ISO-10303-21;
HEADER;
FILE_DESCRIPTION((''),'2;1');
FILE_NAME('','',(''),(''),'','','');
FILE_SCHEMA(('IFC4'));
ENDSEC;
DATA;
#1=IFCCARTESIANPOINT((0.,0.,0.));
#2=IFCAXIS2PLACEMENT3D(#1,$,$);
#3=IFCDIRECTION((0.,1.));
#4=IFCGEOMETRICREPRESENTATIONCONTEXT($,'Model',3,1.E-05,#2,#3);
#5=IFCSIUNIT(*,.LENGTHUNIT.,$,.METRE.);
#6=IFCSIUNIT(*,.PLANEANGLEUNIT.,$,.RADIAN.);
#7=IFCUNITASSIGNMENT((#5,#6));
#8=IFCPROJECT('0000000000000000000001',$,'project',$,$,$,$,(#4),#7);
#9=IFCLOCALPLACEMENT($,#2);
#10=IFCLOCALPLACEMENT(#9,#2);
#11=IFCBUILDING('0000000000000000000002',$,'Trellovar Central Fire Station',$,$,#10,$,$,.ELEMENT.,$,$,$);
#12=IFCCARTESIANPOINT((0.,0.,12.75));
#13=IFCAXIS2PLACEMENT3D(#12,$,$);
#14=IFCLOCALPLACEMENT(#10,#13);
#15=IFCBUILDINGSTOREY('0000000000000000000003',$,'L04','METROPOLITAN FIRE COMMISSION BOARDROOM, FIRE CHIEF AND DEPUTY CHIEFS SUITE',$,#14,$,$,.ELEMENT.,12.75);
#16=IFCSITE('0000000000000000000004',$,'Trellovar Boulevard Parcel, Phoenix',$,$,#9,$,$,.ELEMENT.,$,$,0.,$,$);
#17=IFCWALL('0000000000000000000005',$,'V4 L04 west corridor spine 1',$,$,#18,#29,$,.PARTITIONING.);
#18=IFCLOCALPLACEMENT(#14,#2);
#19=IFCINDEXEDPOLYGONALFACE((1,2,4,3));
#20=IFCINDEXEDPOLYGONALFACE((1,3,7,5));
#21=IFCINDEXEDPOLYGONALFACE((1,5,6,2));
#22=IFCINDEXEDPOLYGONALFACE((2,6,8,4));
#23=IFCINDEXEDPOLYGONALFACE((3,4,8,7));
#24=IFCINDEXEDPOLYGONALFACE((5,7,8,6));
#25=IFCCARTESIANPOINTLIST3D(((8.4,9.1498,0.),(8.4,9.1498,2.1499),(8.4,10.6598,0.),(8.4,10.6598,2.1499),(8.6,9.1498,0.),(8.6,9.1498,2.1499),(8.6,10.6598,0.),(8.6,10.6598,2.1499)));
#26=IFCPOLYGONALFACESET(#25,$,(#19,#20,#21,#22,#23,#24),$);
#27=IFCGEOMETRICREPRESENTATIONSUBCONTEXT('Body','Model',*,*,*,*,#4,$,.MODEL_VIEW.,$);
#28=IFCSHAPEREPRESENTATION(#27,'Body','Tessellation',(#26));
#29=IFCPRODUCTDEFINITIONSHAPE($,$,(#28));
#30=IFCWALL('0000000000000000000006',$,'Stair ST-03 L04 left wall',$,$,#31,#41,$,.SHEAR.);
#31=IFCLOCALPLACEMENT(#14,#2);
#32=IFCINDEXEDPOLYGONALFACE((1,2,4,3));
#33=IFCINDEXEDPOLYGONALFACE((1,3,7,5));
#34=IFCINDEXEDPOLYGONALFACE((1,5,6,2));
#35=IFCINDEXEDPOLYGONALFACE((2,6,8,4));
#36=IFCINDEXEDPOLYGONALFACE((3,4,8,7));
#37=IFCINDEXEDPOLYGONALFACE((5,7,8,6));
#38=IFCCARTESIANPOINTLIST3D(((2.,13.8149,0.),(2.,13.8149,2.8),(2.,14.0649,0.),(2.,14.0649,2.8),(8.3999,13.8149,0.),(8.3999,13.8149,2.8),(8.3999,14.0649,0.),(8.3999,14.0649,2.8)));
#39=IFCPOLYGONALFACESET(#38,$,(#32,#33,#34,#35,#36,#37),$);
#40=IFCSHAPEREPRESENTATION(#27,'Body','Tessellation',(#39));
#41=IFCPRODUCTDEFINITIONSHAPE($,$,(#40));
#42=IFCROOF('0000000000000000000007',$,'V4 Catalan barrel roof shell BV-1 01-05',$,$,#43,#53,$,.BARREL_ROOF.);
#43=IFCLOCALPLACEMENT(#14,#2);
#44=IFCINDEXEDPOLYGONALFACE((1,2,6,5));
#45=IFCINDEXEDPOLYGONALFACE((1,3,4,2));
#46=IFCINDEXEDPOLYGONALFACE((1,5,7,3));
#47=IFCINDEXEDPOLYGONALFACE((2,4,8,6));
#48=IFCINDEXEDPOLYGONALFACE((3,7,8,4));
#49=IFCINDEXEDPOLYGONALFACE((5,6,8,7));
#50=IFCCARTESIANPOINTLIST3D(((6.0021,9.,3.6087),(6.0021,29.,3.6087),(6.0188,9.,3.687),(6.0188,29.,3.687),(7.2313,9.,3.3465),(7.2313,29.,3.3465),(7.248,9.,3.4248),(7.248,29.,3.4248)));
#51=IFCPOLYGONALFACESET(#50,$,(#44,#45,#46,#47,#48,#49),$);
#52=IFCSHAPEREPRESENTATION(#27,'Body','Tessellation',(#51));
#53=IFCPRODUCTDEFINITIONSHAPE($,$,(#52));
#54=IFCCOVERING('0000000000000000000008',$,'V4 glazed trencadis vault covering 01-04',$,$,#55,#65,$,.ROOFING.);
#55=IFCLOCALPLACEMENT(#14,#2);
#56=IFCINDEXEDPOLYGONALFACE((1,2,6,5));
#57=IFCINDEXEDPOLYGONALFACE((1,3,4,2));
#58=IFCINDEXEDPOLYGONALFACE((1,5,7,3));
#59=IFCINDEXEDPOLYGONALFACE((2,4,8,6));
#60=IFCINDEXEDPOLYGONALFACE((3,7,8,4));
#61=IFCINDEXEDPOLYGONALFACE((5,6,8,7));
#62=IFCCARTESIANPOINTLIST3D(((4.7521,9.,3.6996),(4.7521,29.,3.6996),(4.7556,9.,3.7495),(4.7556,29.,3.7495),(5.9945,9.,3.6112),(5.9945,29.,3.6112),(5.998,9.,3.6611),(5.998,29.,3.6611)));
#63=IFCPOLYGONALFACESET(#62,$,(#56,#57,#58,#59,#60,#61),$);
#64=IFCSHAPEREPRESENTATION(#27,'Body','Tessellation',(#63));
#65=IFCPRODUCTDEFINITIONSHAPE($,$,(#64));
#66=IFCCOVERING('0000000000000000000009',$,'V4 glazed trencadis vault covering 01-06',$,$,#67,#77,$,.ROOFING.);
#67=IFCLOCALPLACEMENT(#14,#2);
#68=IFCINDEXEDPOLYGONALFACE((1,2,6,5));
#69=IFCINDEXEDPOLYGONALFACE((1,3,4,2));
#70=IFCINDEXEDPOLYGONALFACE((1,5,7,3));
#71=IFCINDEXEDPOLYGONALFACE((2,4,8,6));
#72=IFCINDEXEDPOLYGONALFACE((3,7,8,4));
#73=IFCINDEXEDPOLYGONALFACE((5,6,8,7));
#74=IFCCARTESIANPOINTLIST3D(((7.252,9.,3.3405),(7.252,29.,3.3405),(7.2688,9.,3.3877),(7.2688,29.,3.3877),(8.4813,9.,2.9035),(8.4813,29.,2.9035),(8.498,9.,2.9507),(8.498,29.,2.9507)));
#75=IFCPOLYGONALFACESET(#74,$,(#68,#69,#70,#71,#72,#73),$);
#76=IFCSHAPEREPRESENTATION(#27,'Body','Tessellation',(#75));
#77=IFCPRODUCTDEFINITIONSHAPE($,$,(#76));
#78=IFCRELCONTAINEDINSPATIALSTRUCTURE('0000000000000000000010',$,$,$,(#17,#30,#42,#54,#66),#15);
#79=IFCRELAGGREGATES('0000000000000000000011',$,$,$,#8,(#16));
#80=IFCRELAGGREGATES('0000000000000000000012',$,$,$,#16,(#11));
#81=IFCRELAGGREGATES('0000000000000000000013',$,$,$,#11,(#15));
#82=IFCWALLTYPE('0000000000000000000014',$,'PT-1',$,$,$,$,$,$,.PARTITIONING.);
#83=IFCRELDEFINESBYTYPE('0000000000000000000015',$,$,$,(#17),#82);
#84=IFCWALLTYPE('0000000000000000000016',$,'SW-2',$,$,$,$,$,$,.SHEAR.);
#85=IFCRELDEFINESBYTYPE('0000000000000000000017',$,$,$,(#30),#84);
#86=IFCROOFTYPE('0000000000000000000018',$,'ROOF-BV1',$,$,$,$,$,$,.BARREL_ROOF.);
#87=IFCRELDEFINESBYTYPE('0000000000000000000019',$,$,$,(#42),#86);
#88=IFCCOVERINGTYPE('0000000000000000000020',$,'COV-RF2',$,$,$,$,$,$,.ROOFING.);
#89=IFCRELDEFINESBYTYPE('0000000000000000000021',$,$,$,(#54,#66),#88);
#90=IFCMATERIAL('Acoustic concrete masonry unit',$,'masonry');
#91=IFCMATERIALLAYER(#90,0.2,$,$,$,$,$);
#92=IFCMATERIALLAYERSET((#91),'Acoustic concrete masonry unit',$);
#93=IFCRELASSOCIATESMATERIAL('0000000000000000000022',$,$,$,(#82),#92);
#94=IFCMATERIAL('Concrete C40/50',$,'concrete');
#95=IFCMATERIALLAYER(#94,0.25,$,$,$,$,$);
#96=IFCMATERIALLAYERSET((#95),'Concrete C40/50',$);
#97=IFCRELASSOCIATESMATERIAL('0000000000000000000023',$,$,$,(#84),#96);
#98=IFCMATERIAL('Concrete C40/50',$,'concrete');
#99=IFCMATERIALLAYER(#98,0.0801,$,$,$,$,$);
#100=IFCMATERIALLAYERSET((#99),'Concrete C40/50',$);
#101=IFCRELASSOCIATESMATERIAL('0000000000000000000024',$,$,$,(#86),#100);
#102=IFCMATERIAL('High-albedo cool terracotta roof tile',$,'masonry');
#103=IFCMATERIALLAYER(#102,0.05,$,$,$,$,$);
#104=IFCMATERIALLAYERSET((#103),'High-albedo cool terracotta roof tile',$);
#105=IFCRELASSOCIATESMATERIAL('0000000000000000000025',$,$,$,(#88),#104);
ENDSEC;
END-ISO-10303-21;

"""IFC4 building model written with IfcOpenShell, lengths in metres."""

from ifc_helpers import new_model, si_unit, direction, frame, frame_2d, origin, place, context, subcontext, project, spatial, polyline, rectangle, outline, extrude, material, layer, layer_set, type_object, element, save


model = new_model("IFC4")

# Units and contexts
model_context = context("Model", 3, precision=1e-05, world=origin(), true_north=direction((0.0, 1.0)))
body_context = subcontext(model_context, "Body", "Model", "MODEL_VIEW")
ifc_project = project(units=[si_unit("LENGTHUNIT", "METRE"), si_unit("PLANEANGLEUNIT", "RADIAN")], contexts=[model_context])

# Site, building, storey
site_placement = place(None, origin())
site = spatial("IfcSite", under=ifc_project, at=site_placement, Name="Trellovar Boulevard Parcel, Phoenix", CompositionType="ELEMENT", RefElevation=0.0)
building_placement = place(site_placement, origin())
building = spatial("IfcBuilding", under=site, at=building_placement, Name="Trellovar Central Fire Station", CompositionType="ELEMENT")
storey_placement = place(building_placement, frame((0.0, 0.0, 12.75)))
storey = spatial("IfcBuildingStorey", under=building, at=storey_placement, Name="L04", Description="METROPOLITAN FIRE COMMISSION BOARDROOM, FIRE CHIEF AND DEPUTY CHIEFS SUITE", CompositionType="ELEMENT", Elevation=12.75)

# Walls
ifc_material_1 = material(Name="Acoustic concrete masonry unit", Category="masonry")
ifc_layer_1 = layer(ifc_material_1, 0.2)
ifc_layer_set_1 = layer_set([ifc_layer_1], Name="Acoustic concrete masonry unit")
wall_type_1 = type_object("IfcWallType", Name="PT-1", PredefinedType="PARTITIONING", material=ifc_layer_set_1)
wall_1_placement = place(storey_placement, frame((8.5, 9.1499, 0.0), z_axis=(0.0, 0.0, 1.0), x_axis=(0.0, 1.0, 0.0)))
element("IfcWall", 1, at=wall_1_placement, inside=storey, type_object=wall_type_1, Name="V4 L04 west corridor spine 1", PredefinedType="PARTITIONING", context=body_context, shape_type="SweptSolid", body=[
    extrude(rectangle(XDim=1.51, YDim=0.2, at=frame_2d((0.7549, 0.0))), origin(), (0.0, 0.0, 1.0), 2.1499),
])
ifc_material_2 = material(Name="Concrete C40/50", Category="concrete")
ifc_layer_2 = layer(ifc_material_2, 0.25)
ifc_layer_set_2 = layer_set([ifc_layer_2], Name="Concrete C40/50")
wall_type_2 = type_object("IfcWallType", Name="SW-2", PredefinedType="SHEAR", material=ifc_layer_set_2)
wall_2_placement = place(storey_placement, frame((8.3999, 13.9399, 0.0), z_axis=(0.0, 0.0, 1.0), x_axis=(-1.0, 0.0, 0.0)))
element("IfcWall", 2, at=wall_2_placement, inside=storey, type_object=wall_type_2, Name="Stair ST-03 L04 left wall", PredefinedType="SHEAR", context=body_context, shape_type="SweptSolid", body=[
    extrude(rectangle(XDim=6.3999, YDim=0.25, at=frame_2d((3.2, 0.0))), origin(), (0.0, 0.0, 1.0), 2.8),
])

# Roof
ifc_material_3 = material(Name="Concrete C40/50", Category="concrete")
ifc_layer_3 = layer(ifc_material_3, 0.0801)
ifc_layer_set_3 = layer_set([ifc_layer_3], Name="Concrete C40/50")
roof_type = type_object("IfcRoofType", Name="ROOF-BV1", PredefinedType="BARREL_ROOF", material=ifc_layer_set_3)
roof_placement = place(storey_placement, frame((6.0188, 9.0, 3.687), z_axis=(0.208614, 0.0, 0.977998), x_axis=(0.977998, 0.0, -0.208614)))
element("IfcRoof", 3, at=roof_placement, inside=storey, type_object=roof_type, Name="V4 Catalan barrel roof shell BV-1 01-05", PredefinedType="BARREL_ROOF", context=body_context, shape_type="SweptSolid", body=[
    extrude(outline(polyline([(0.0, 0.0), (1.2569, 0.0), (1.2569, 20.0), (0.0, 20.0), (0.0, 0.0)])), origin(), (0.0, 0.0, -1.0), 0.0801),
])

# Coverings
ifc_material_4 = material(Name="High-albedo cool terracotta roof tile", Category="masonry")
ifc_layer_4 = layer(ifc_material_4, 0.05)
ifc_layer_set_4 = layer_set([ifc_layer_4], Name="High-albedo cool terracotta roof tile")
covering_type = type_object("IfcCoveringType", Name="COV-RF2", PredefinedType="ROOFING", material=ifc_layer_set_4)
covering_1_placement = place(storey_placement, frame((4.7556, 9.0, 3.7495), z_axis=(0.070955, 0.0, 0.99748), x_axis=(0.99748, 0.0, -0.070955)))
element("IfcCovering", 4, at=covering_1_placement, inside=storey, type_object=covering_type, Name="V4 glazed trencadis vault covering 01-04", PredefinedType="ROOFING", context=body_context, shape_type="SweptSolid", body=[
    extrude(outline(polyline([(0.0, 0.0), (1.2456, 0.0), (1.2456, 20.0), (0.0, 20.0), (0.0, 0.0)])), origin(), (0.0, 0.0, -1.0), 0.05),
])
covering_2_placement = place(storey_placement, frame((7.2688, 9.0, 3.3877), z_axis=(0.334973, 0.0, 0.942228), x_axis=(0.942228, 0.0, -0.334973)))
element("IfcCovering", 5, at=covering_2_placement, inside=storey, type_object=covering_type, Name="V4 glazed trencadis vault covering 01-06", PredefinedType="ROOFING", context=body_context, shape_type="SweptSolid", body=[
    extrude(outline(polyline([(0.0, 0.0), (1.3046, 0.0), (1.3046, 20.0), (0.0, 20.0), (0.0, 0.0)])), origin(), (0.0, 0.0, -1.0), 0.05),
])

save(model, "model.ifc")
